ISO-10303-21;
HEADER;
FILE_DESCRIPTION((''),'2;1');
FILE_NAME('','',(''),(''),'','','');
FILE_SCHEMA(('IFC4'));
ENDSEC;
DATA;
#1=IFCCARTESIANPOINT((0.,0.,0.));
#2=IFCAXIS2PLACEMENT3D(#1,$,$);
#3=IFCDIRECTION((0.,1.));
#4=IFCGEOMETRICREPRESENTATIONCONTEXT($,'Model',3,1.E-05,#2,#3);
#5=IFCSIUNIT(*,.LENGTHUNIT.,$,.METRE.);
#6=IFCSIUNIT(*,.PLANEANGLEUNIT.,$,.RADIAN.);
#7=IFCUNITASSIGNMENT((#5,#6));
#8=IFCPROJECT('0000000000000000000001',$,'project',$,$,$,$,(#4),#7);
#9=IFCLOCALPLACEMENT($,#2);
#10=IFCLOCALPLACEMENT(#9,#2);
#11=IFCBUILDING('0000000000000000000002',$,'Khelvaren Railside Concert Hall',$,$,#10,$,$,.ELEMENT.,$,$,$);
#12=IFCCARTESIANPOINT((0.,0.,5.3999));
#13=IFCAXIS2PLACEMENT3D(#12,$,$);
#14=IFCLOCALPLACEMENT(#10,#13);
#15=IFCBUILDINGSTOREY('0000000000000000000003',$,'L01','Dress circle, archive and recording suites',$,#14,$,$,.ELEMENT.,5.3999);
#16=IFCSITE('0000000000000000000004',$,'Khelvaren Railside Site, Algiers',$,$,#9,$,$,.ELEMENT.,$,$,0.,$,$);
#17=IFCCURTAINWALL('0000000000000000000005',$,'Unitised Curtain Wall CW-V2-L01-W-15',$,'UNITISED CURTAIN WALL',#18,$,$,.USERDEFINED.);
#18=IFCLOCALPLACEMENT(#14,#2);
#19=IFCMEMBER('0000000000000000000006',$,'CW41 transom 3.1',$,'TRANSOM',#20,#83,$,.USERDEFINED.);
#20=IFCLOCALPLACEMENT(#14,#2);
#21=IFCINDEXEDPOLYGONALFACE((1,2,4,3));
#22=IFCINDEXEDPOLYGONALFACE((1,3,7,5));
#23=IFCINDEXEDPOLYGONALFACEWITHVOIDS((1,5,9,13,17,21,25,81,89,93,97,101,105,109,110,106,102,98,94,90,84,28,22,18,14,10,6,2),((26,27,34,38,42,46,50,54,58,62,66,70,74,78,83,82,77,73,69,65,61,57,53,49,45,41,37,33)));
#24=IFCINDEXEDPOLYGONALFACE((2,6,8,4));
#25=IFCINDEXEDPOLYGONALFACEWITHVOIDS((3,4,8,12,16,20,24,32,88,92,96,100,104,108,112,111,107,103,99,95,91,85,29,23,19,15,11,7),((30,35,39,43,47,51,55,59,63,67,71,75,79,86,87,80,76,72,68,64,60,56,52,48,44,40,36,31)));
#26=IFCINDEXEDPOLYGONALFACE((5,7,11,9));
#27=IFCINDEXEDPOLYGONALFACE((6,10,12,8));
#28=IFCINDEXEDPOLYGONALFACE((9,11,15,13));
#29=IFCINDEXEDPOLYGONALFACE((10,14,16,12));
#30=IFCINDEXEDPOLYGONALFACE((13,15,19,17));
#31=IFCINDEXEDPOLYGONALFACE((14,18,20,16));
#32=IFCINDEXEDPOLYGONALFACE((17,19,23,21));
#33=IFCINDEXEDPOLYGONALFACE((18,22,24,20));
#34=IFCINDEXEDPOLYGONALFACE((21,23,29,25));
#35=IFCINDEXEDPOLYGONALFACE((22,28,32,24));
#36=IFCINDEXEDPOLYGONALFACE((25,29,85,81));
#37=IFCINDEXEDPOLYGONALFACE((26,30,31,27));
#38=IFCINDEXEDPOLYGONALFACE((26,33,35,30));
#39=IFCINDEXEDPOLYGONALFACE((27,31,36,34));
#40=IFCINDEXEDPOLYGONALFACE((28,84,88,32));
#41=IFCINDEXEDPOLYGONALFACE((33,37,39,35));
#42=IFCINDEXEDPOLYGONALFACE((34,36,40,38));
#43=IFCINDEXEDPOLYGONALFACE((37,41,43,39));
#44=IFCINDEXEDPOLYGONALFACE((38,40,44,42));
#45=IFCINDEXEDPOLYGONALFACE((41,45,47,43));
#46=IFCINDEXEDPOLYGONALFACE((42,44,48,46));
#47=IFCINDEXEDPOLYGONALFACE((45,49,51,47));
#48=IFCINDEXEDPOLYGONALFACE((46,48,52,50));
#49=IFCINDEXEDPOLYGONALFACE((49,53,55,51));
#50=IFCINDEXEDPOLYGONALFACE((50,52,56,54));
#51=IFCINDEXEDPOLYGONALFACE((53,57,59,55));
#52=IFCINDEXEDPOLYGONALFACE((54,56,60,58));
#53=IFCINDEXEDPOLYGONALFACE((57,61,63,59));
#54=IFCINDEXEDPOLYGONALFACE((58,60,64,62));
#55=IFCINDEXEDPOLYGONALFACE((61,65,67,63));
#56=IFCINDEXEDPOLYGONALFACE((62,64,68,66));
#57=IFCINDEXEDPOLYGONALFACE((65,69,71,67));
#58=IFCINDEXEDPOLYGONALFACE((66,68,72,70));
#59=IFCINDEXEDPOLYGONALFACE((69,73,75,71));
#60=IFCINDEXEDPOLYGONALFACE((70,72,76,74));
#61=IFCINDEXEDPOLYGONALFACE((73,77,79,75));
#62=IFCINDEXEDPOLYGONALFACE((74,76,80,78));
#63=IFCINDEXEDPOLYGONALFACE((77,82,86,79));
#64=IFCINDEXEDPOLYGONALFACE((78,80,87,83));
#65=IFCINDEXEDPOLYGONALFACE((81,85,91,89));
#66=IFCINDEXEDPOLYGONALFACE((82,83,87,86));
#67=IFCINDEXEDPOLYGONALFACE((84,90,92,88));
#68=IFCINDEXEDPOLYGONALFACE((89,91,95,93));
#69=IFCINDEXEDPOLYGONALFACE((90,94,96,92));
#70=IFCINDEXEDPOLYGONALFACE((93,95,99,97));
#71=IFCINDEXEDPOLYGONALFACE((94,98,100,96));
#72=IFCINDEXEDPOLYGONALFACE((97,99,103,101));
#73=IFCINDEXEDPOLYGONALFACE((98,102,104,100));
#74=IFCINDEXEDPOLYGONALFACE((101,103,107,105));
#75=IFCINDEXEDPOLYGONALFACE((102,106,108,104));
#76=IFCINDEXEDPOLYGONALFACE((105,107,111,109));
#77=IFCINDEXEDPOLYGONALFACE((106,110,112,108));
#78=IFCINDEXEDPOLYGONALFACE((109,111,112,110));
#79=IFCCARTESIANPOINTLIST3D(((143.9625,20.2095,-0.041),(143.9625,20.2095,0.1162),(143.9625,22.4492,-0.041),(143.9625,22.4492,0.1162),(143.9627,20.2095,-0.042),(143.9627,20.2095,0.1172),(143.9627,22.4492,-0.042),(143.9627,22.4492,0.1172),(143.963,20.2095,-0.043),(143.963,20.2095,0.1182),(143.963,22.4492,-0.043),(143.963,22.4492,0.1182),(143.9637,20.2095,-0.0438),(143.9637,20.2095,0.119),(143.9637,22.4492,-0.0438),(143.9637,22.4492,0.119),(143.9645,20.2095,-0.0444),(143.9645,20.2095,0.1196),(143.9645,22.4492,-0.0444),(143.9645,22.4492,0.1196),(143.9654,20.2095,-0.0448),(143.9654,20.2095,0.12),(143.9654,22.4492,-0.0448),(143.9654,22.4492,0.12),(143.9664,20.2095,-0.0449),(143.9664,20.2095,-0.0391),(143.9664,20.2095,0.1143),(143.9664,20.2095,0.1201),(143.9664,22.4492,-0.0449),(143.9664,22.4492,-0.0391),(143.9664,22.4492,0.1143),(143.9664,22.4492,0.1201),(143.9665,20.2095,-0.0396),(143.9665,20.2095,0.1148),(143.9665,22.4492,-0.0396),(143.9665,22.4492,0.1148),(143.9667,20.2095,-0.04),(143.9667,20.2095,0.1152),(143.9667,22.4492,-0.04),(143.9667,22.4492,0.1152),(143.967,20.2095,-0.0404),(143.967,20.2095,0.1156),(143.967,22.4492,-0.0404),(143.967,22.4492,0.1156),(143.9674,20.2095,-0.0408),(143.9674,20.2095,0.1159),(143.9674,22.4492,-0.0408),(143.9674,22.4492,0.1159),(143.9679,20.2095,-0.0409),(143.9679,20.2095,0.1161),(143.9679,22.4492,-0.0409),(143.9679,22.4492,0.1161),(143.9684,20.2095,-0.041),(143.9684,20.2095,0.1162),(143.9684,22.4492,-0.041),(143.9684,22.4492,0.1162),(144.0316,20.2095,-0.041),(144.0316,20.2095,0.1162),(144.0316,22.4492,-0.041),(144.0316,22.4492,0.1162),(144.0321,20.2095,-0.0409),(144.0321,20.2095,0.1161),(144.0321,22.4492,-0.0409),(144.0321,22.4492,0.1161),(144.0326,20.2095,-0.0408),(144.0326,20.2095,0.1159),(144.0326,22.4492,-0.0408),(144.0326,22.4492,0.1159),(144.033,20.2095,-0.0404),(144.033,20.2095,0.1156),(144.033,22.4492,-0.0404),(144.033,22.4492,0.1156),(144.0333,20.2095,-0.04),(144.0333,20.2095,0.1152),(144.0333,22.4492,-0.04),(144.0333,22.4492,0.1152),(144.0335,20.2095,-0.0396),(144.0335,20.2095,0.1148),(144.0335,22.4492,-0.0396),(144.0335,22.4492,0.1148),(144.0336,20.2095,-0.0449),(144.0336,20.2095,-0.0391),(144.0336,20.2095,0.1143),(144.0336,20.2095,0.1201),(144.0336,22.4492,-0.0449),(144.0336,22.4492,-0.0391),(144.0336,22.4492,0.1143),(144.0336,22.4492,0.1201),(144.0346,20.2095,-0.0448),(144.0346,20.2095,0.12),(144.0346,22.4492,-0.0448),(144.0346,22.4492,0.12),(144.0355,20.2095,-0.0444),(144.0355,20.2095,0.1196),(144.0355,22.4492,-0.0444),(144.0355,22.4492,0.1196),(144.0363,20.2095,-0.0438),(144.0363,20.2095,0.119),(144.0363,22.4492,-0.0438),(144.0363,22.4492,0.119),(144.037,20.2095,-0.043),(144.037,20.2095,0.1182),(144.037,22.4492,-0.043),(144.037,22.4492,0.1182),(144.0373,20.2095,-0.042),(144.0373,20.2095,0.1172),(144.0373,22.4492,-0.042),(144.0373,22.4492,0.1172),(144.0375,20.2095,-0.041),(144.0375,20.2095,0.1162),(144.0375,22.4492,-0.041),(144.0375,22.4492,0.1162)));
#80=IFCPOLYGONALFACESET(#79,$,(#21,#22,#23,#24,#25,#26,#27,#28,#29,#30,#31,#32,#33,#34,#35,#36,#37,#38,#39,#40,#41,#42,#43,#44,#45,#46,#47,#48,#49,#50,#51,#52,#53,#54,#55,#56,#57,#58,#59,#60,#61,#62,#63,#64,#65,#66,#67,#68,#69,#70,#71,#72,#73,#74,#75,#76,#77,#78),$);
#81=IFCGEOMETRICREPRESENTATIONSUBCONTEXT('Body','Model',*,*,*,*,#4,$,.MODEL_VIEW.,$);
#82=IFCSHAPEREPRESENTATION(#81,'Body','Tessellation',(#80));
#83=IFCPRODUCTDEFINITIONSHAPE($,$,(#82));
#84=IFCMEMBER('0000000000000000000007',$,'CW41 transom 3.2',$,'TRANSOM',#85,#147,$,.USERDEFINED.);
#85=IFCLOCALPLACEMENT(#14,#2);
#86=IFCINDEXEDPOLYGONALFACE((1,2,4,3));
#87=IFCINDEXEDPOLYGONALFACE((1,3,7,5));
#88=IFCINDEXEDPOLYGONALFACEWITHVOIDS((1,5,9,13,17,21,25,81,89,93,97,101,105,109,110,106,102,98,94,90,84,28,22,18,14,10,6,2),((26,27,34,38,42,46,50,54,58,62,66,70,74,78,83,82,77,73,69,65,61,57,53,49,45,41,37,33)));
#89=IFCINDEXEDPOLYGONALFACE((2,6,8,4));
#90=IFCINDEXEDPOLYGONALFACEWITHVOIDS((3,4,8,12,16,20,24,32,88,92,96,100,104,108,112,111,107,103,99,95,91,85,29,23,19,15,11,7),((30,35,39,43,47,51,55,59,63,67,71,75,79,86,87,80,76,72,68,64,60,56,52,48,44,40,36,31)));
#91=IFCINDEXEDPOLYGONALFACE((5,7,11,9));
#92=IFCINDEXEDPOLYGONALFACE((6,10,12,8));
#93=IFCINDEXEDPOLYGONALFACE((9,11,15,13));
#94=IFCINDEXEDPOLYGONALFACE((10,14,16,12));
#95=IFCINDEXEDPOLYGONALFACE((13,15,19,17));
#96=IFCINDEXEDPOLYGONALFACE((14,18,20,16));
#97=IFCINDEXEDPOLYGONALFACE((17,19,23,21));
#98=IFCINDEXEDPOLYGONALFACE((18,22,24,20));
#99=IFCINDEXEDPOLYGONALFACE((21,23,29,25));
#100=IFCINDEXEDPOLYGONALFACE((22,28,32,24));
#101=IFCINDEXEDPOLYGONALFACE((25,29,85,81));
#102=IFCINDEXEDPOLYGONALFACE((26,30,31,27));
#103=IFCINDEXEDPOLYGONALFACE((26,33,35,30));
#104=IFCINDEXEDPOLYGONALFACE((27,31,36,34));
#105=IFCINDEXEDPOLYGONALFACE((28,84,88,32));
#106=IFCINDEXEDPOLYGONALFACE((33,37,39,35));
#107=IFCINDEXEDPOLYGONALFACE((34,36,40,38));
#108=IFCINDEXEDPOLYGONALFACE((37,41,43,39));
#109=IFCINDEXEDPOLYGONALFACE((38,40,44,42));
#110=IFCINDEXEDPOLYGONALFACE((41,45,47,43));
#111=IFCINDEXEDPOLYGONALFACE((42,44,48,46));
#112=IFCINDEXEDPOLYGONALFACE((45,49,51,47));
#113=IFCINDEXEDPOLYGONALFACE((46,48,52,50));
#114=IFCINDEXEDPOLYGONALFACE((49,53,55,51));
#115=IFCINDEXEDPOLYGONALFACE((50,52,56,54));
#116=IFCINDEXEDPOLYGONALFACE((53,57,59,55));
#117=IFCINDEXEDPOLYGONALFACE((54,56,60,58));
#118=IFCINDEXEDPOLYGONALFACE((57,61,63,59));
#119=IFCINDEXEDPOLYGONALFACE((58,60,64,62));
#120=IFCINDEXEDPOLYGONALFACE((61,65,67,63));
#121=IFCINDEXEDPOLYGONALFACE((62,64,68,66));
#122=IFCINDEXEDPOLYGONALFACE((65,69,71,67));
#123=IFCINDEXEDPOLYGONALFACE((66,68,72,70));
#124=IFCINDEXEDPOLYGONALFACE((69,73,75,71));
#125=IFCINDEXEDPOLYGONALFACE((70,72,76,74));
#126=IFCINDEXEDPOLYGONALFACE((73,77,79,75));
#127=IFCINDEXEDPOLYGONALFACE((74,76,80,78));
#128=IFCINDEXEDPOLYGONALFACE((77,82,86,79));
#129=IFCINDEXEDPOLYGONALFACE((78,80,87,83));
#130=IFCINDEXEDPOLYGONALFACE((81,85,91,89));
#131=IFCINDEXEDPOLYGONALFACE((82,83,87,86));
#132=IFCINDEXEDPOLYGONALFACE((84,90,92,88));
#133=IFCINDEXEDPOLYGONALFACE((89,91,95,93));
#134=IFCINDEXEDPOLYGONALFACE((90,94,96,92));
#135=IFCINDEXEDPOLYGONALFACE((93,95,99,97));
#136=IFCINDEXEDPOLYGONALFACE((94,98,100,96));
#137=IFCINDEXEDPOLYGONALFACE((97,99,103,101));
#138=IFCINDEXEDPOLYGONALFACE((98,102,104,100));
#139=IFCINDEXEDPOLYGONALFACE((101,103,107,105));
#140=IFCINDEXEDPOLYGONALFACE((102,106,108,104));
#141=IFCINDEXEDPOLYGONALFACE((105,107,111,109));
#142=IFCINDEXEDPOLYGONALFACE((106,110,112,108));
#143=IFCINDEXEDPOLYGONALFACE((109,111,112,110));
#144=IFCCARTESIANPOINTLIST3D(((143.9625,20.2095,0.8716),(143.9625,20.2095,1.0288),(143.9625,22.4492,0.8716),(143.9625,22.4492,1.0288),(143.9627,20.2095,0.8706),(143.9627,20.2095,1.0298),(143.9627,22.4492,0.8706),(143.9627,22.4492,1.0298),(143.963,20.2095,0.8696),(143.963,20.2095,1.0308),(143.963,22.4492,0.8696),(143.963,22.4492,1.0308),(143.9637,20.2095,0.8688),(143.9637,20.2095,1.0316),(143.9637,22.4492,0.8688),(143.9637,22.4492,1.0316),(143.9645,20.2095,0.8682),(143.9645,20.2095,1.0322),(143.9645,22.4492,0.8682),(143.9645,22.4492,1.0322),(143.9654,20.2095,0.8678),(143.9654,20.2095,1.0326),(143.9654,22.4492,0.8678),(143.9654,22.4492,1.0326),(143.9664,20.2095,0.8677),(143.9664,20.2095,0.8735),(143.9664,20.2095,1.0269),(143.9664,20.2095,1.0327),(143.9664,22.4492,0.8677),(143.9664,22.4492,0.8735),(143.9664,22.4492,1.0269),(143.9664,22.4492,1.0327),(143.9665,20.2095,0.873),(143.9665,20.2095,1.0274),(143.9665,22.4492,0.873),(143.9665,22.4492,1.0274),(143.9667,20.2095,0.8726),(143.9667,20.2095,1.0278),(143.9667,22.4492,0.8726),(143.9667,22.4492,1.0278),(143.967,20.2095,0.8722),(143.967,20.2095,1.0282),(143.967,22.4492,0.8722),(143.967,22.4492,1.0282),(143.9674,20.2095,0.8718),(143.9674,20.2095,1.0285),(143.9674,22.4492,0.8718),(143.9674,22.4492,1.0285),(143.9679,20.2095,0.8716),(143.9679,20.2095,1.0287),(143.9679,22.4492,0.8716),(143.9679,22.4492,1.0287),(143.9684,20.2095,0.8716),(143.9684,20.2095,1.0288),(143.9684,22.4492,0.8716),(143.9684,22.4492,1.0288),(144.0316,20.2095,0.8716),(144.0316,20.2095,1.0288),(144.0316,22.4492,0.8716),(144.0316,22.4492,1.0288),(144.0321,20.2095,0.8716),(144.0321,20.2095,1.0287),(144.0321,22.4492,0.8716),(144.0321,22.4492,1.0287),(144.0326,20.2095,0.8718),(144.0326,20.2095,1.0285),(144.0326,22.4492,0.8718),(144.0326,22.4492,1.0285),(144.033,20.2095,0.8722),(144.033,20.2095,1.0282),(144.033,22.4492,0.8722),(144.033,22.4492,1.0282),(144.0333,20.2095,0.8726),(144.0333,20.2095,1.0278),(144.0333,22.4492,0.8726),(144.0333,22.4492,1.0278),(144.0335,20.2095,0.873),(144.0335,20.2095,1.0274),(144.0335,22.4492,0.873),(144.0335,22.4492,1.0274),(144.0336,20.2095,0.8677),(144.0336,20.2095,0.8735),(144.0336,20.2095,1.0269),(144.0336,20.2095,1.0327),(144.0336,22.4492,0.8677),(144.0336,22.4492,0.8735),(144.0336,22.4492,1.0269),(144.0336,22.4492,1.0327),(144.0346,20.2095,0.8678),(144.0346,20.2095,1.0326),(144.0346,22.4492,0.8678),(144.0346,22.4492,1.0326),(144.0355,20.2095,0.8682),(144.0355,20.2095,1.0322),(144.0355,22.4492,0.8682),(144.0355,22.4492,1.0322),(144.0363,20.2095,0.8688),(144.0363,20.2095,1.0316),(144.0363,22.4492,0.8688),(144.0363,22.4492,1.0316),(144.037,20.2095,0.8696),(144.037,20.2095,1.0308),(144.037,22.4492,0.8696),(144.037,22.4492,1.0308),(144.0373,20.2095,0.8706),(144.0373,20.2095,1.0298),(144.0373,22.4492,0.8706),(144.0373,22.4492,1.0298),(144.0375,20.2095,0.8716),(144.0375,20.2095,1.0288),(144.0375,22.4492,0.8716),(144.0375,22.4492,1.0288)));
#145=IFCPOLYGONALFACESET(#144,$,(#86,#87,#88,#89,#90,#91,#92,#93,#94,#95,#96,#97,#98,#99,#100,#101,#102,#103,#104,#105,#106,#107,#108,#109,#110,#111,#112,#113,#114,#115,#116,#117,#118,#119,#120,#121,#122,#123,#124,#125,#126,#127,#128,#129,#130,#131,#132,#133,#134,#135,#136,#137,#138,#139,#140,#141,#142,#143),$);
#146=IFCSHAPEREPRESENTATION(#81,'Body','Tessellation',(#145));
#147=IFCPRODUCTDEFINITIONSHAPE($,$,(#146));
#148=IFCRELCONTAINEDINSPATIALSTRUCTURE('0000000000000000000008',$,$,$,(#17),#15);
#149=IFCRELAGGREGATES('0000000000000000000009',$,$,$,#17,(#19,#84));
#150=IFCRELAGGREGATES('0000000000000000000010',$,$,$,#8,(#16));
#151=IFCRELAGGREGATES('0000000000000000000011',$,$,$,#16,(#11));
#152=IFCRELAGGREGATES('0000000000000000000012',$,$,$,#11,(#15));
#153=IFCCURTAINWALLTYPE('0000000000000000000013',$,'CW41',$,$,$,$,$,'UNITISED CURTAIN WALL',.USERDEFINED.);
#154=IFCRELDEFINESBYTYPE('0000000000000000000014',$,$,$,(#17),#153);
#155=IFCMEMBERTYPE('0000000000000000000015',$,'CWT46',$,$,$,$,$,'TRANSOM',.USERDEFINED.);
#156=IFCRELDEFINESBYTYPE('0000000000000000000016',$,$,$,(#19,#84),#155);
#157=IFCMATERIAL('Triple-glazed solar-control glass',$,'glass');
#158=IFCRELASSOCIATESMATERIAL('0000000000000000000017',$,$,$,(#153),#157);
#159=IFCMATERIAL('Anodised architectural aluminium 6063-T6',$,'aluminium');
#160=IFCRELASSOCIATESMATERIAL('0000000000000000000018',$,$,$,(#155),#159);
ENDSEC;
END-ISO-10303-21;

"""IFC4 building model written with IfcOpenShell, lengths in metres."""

from ifc_helpers import new_model, si_unit, direction, frame, origin, origin_2d, place, context, subcontext, project, spatial, hollow_rectangle, extrude, material, material_profile, profile_set, type_object, element, aggregate, save


model = new_model("IFC4")

# Units and contexts
model_context = context("Model", 3, precision=1e-05, world=origin(), true_north=direction((0.0, 1.0)))
body_context = subcontext(model_context, "Body", "Model", "MODEL_VIEW")
ifc_project = project(units=[si_unit("LENGTHUNIT", "METRE"), si_unit("PLANEANGLEUNIT", "RADIAN")], contexts=[model_context])

# Site, building, storey
site_placement = place(None, origin())
site = spatial("IfcSite", under=ifc_project, at=site_placement, Name="Khelvaren Railside Site, Algiers", CompositionType="ELEMENT", RefElevation=0.0)
building_placement = place(site_placement, origin())
building = spatial("IfcBuilding", under=site, at=building_placement, Name="Khelvaren Railside Concert Hall", CompositionType="ELEMENT")
storey_placement = place(building_placement, frame((0.0, 0.0, 5.3999)))
storey = spatial("IfcBuildingStorey", under=building, at=storey_placement, Name="L01", Description="Dress circle, archive and recording suites", CompositionType="ELEMENT", Elevation=5.3999)

# Curtain wall, members
ifc_material_1 = material(Name="Triple-glazed solar-control glass", Category="glass")
curtain_wall_type = type_object("IfcCurtainWallType", Name="CW41", ElementType="UNITISED CURTAIN WALL", PredefinedType="USERDEFINED", material=ifc_material_1)
curtain_wall_placement = place(storey_placement, origin())
curtain_wall = element("IfcCurtainWall", 1, at=curtain_wall_placement, inside=storey, type_object=curtain_wall_type, Name="Unitised Curtain Wall CW-V2-L01-W-15", ObjectType="UNITISED CURTAIN WALL", PredefinedType="USERDEFINED")
ifc_material_2 = material(Name="Anodised architectural aluminium 6063-T6", Category="aluminium")
ifc_material_profile_1 = material_profile(ifc_material_2, hollow_rectangle(XDim=0.075, YDim=0.165, WallThickness=0.0039, InnerFilletRadius=0.002, OuterFilletRadius=0.0039, at=origin_2d()), Name="CWT 75x165x4")
ifc_profile_set_1 = profile_set([ifc_material_profile_1], Name="Anodised architectural aluminium 6063-T6")
member_type_1 = type_object("IfcMemberType", Name="CWT46", ElementType="TRANSOM", PredefinedType="USERDEFINED", material=ifc_profile_set_1)
member_1_placement = place(storey_placement, frame((144.0, 20.2095, 0.0376), z_axis=(0.0, 1.0, 0.0), x_axis=(-1.0, 0.0, 0.0)))
member_1 = element("IfcMember", 2, at=member_1_placement, type_object=member_type_1, Name="CW41 transom 3.1", ObjectType="TRANSOM", PredefinedType="USERDEFINED", context=body_context, shape_type="SweptSolid", body=[
    extrude(hollow_rectangle(XDim=0.075, YDim=0.165, WallThickness=0.0039, InnerFilletRadius=0.002, OuterFilletRadius=0.0039, at=origin_2d()), origin(), (0.0, 0.0, 1.0), 2.2397),
])
member_2_placement = place(storey_placement, frame((144.0, 20.2095, 0.9502), z_axis=(0.0, 1.0, 0.0), x_axis=(-1.0, 0.0, 0.0)))
member_2 = element("IfcMember", 3, at=member_2_placement, type_object=member_type_1, Name="CW41 transom 3.2", ObjectType="TRANSOM", PredefinedType="USERDEFINED", context=body_context, shape_type="SweptSolid", body=[
    extrude(hollow_rectangle(XDim=0.075, YDim=0.165, WallThickness=0.0039, InnerFilletRadius=0.002, OuterFilletRadius=0.0039, at=origin_2d()), origin(), (0.0, 0.0, 1.0), 2.2397),
])

aggregate(curtain_wall, [member_1, member_2])

save(model, "model.ifc")
